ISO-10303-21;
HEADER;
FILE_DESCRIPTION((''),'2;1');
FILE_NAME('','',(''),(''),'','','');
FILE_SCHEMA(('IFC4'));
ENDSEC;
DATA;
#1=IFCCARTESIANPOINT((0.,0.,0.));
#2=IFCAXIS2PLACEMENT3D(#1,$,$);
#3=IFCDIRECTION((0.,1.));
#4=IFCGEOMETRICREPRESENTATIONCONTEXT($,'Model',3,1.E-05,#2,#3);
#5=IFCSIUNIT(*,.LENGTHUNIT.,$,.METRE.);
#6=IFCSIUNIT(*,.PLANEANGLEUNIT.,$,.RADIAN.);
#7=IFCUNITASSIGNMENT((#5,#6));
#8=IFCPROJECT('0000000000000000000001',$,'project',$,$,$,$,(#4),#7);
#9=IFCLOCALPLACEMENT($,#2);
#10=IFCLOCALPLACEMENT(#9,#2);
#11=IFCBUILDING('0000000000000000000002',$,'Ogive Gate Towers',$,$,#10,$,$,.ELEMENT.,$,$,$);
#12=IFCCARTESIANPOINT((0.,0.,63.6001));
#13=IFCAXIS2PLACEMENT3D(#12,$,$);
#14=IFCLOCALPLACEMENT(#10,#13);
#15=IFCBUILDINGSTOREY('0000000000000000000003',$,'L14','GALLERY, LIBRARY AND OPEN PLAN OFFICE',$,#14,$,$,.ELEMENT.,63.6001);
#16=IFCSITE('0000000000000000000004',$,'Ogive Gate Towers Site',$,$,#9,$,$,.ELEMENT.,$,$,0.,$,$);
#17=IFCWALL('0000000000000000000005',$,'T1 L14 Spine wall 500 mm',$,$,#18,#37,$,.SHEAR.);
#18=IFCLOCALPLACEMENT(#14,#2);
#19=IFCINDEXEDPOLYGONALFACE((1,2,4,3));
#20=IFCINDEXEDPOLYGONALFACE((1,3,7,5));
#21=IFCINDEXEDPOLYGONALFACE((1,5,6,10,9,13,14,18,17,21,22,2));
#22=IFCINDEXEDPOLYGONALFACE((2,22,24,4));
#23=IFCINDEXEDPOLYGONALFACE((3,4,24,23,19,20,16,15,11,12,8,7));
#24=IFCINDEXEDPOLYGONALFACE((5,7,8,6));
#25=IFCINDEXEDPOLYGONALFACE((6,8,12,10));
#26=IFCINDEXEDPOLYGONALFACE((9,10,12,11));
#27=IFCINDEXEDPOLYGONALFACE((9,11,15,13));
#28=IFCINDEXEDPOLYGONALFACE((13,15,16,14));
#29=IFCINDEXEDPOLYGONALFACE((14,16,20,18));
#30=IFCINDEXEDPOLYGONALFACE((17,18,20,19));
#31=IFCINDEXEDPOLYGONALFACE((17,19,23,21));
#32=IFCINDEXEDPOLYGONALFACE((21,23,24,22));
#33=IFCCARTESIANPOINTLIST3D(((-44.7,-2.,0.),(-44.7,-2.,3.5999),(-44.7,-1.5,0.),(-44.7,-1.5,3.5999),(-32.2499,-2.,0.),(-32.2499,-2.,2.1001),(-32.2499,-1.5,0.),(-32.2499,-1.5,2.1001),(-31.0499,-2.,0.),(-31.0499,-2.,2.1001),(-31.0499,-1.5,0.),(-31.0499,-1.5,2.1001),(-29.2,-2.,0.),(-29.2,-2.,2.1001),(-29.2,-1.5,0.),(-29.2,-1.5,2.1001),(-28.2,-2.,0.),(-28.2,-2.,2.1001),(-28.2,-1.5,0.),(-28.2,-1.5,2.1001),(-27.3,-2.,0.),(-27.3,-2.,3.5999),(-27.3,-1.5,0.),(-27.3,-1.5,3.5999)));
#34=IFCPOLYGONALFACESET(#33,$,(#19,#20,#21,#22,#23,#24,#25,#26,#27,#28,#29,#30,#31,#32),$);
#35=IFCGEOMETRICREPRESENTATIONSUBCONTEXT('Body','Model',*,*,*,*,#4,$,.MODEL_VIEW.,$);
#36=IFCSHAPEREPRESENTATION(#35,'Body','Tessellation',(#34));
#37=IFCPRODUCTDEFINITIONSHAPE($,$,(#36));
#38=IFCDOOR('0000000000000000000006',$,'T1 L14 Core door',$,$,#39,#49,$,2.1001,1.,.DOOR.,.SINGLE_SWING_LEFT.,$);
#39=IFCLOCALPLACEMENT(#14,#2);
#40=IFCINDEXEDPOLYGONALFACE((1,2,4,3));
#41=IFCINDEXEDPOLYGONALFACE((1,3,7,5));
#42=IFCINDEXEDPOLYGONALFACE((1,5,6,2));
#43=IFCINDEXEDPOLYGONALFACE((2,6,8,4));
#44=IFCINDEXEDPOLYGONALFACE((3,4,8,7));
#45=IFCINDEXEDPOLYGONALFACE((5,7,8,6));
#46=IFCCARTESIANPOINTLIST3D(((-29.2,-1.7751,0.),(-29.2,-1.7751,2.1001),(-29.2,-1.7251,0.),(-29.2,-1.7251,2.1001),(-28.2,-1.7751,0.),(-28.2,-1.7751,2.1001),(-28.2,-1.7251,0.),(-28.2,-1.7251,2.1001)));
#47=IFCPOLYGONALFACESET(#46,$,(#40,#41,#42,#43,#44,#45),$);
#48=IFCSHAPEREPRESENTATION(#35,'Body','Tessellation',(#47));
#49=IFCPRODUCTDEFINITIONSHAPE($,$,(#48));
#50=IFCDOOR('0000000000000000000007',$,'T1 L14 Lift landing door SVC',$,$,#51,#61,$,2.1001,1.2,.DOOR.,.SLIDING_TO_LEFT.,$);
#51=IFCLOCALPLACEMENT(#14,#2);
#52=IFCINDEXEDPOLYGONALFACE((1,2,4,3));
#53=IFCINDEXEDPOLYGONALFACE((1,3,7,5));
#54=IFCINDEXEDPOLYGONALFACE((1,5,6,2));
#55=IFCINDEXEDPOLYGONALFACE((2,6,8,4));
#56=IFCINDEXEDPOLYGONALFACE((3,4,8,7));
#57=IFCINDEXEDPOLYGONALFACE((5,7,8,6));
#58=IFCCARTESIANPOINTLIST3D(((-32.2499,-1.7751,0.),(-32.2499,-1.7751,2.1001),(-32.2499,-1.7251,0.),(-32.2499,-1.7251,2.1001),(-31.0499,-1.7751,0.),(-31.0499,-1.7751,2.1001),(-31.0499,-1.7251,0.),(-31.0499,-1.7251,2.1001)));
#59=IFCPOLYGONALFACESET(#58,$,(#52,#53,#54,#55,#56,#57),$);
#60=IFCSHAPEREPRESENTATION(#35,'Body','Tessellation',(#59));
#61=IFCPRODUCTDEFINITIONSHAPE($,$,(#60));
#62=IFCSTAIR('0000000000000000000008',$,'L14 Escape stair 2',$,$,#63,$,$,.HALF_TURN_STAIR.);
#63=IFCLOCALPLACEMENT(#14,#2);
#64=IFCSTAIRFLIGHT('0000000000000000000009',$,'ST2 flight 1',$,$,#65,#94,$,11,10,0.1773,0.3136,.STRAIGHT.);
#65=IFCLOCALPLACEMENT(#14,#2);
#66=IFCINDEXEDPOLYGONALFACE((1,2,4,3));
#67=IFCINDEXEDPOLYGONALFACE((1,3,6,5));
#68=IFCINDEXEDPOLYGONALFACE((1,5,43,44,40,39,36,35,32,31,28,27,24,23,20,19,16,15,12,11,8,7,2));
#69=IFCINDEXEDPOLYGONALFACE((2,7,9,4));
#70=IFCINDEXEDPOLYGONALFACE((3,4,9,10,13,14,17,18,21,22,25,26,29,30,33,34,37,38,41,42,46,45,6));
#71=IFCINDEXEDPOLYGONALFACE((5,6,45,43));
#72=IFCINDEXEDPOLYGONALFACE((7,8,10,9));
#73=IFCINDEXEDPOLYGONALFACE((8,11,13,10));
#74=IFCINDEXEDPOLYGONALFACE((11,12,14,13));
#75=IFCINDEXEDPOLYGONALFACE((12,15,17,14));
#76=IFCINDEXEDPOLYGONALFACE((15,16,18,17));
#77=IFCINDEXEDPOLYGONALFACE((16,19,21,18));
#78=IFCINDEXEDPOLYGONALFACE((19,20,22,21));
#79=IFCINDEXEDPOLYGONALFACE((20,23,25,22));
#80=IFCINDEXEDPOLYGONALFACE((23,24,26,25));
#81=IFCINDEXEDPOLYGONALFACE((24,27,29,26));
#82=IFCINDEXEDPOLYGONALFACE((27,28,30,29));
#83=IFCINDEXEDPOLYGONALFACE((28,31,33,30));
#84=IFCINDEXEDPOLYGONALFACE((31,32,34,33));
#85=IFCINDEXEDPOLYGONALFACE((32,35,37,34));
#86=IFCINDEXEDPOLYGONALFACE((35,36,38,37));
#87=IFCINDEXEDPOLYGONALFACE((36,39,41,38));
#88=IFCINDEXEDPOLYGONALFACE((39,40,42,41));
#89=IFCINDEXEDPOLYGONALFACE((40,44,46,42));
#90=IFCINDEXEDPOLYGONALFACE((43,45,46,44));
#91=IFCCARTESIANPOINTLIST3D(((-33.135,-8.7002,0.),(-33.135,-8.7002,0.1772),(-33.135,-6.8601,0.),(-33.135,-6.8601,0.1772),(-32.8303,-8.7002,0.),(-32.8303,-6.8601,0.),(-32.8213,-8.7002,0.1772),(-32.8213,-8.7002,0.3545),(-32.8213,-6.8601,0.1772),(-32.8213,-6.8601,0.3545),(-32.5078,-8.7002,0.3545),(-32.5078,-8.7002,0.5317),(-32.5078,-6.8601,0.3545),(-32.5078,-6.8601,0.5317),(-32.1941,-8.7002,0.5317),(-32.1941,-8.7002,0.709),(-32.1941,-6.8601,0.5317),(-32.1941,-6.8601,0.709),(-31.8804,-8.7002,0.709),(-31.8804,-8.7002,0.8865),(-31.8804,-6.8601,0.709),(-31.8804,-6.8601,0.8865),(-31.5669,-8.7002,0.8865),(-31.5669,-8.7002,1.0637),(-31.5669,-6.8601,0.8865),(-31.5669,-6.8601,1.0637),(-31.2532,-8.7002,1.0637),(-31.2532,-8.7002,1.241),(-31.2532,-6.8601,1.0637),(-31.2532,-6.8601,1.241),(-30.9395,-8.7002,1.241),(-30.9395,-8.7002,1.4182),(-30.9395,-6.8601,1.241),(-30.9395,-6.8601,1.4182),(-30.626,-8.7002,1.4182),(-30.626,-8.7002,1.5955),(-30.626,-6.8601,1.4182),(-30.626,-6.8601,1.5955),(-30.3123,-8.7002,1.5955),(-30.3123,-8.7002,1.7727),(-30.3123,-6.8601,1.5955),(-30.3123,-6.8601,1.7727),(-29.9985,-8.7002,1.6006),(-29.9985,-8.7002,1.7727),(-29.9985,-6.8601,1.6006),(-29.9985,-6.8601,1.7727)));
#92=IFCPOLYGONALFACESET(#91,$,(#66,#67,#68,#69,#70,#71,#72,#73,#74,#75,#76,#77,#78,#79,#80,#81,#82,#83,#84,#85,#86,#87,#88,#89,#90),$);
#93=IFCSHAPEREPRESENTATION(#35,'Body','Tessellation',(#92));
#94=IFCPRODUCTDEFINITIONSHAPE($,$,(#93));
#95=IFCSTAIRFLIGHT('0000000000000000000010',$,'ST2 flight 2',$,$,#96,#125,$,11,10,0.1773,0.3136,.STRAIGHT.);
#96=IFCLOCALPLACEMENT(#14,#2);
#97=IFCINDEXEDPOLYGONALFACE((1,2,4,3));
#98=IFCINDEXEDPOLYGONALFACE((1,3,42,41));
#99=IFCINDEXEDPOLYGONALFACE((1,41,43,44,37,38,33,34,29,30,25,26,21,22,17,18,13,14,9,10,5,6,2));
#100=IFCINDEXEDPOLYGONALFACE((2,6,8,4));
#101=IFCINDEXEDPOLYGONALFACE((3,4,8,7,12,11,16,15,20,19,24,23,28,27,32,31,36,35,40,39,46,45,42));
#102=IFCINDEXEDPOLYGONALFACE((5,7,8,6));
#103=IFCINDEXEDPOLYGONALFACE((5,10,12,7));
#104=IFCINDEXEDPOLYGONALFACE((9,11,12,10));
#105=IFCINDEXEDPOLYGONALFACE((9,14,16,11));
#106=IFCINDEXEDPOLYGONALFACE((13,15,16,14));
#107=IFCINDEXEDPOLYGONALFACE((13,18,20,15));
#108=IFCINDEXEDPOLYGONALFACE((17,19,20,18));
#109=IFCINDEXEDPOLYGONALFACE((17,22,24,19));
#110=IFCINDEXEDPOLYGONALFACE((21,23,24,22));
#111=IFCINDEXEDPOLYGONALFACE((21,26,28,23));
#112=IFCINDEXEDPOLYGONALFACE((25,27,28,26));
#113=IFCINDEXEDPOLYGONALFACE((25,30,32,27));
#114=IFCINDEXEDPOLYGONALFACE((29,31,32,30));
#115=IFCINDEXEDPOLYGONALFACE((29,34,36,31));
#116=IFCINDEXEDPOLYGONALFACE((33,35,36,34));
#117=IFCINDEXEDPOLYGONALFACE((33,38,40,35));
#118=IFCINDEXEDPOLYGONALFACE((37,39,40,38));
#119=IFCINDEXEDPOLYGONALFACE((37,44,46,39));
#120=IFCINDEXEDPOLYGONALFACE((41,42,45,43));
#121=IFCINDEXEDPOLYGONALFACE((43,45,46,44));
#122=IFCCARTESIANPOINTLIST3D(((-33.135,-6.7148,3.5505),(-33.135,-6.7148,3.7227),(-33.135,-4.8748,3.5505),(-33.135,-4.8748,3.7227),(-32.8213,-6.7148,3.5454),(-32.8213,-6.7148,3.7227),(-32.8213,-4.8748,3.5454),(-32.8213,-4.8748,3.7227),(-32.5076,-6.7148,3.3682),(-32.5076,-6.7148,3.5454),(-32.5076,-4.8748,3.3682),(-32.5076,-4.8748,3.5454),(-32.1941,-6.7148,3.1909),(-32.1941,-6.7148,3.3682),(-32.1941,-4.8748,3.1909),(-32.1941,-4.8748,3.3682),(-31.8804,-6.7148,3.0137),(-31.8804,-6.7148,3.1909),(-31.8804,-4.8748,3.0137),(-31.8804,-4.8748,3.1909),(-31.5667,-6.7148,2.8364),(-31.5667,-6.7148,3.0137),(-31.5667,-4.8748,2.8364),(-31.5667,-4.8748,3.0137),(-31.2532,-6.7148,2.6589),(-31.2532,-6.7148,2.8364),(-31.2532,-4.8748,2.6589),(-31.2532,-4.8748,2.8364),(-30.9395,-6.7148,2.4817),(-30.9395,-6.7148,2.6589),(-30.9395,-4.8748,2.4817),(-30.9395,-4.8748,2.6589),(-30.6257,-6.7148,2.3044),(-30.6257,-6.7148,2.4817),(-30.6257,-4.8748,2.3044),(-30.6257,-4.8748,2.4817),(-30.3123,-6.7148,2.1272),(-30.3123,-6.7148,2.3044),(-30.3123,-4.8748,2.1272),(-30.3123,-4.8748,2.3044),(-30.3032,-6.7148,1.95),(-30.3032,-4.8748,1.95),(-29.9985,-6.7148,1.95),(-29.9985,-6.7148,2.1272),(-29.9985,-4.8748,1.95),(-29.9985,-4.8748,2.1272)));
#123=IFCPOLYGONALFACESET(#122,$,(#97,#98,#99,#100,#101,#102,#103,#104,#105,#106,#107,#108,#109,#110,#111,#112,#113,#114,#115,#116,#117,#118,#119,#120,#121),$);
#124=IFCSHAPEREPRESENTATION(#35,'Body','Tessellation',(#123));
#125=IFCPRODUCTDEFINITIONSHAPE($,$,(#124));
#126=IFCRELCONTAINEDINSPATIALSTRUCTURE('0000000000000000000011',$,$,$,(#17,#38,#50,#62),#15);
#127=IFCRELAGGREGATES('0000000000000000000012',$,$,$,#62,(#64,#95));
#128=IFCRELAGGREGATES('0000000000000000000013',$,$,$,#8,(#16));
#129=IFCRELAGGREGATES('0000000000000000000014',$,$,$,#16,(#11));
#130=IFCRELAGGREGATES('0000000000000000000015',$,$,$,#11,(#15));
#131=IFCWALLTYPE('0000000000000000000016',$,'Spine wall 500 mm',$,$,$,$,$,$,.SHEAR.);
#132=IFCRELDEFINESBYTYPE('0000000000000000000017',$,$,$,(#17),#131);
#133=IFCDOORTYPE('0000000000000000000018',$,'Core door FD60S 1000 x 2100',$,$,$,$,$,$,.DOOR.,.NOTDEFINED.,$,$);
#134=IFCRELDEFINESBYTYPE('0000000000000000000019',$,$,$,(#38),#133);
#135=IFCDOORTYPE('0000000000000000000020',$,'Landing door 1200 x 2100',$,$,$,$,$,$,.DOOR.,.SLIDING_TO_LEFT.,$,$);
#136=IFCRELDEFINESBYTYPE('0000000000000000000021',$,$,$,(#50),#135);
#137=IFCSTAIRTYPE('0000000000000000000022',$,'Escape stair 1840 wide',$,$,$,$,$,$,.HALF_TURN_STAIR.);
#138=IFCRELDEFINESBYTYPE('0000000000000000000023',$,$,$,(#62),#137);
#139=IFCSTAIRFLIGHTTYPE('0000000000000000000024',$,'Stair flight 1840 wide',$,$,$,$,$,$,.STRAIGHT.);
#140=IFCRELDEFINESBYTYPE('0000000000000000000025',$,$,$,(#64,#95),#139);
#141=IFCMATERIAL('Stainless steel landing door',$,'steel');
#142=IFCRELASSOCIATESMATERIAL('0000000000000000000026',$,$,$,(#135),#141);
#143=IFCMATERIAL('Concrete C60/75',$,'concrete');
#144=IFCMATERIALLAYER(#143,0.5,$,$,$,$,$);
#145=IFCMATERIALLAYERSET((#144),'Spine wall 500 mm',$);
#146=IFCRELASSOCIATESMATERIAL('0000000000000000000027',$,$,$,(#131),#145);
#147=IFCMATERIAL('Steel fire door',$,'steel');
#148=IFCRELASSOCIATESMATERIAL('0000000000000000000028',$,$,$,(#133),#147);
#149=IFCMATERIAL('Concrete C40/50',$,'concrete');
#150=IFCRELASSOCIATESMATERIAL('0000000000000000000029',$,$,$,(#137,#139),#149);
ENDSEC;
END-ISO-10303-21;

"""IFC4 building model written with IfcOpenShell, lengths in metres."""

from ifc_helpers import new_model, si_unit, direction, frame, frame_2d, origin, place, context, subcontext, project, spatial, polyline, rectangle, outline, extrude, material, layer, layer_set, type_object, element, fill, aggregate, save


model = new_model("IFC4")

# Units and contexts
model_context = context("Model", 3, precision=1e-05, world=origin(), true_north=direction((0.0, 1.0)))
body_context = subcontext(model_context, "Body", "Model", "MODEL_VIEW")
ifc_project = project(units=[si_unit("LENGTHUNIT", "METRE"), si_unit("PLANEANGLEUNIT", "RADIAN")], contexts=[model_context])

# Site, building, storey
site_placement = place(None, origin())
site = spatial("IfcSite", under=ifc_project, at=site_placement, Name="Ogive Gate Towers Site", CompositionType="ELEMENT", RefElevation=0.0)
building_placement = place(site_placement, origin())
building = spatial("IfcBuilding", under=site, at=building_placement, Name="Ogive Gate Towers", CompositionType="ELEMENT")
storey_placement = place(building_placement, frame((0.0, 0.0, 63.6001)))
storey = spatial("IfcBuildingStorey", under=building, at=storey_placement, Name="L14", Description="GALLERY, LIBRARY AND OPEN PLAN OFFICE", CompositionType="ELEMENT", Elevation=63.6001)

# Shared definitions
ifc_material_1 = material(Name="Concrete C60/75", Category="concrete")
ifc_material_2 = material(Name="Steel fire door", Category="steel")

# Shared definitions
ifc_material_3 = material(Name="Stainless steel landing door", Category="steel")
door_type_1 = type_object("IfcDoorType", Name="Landing door 1200 x 2100", OperationType="SLIDING_TO_LEFT", PredefinedType="DOOR", material=ifc_material_3)

# Wall, openings, doors
ifc_layer_1 = layer(ifc_material_1, 0.5)
ifc_layer_set_1 = layer_set([ifc_layer_1], Name="Spine wall 500 mm")
wall_type_1 = type_object("IfcWallType", Name="Spine wall 500 mm", PredefinedType="SHEAR", material=ifc_layer_set_1)
wall_1_placement = place(storey_placement, frame((-44.7, -1.75, 0.0), z_axis=(0.0, 0.0, 1.0), x_axis=(1.0, 0.0, 0.0)))
wall_1 = element("IfcWall", 1, at=wall_1_placement, inside=storey, type_object=wall_type_1, Name="T1 L14 Spine wall 500 mm", PredefinedType="SHEAR", context=body_context, shape_type="SweptSolid", body=[
    extrude(rectangle(XDim=17.3999, YDim=0.5, at=frame_2d((8.7, 0.0))), origin(), (0.0, 0.0, 1.0), 3.5999),
])
opening_1_placement = place(wall_1_placement, frame((12.45, 0.0, 0.0)))
opening_1 = element("IfcOpeningElement", 2, at=opening_1_placement, cuts=wall_1, PredefinedType="OPENING", context=body_context, shape_type="SweptSolid", body=[
    extrude(rectangle(XDim=1.2, YDim=2.1001, at=frame_2d((0.6001, 1.05))), frame((0.0, 0.26, 0.0), z_axis=(0.0, -1.0, 0.0), x_axis=(1.0, 0.0, 0.0)), (0.0, 0.0, 1.0), 0.52),
])
opening_2_placement = place(wall_1_placement, frame((15.5, 0.0, 0.0)))
opening_2 = element("IfcOpeningElement", 3, at=opening_2_placement, cuts=wall_1, PredefinedType="OPENING", context=body_context, shape_type="SweptSolid", body=[
    extrude(rectangle(XDim=1.0, YDim=2.1001, at=frame_2d((0.5, 1.05))), frame((0.0, 0.26, 0.0), z_axis=(0.0, -1.0, 0.0), x_axis=(1.0, 0.0, 0.0)), (0.0, 0.0, 1.0), 0.52),
])
door_type_2 = type_object("IfcDoorType", Name="Core door FD60S 1000 x 2100", OperationType="NOTDEFINED", PredefinedType="DOOR", material=ifc_material_2)
door_1_placement = place(opening_2_placement, origin())
door_1 = element("IfcDoor", 4, at=door_1_placement, inside=storey, type_object=door_type_2, Name="T1 L14 Core door", OperationType="SINGLE_SWING_LEFT", OverallHeight=2.1001, OverallWidth=1.0, PredefinedType="DOOR", context=body_context, shape_type="SweptSolid", body=[
    extrude(rectangle(XDim=1.0, YDim=2.1001, at=frame_2d((0.5, 1.05))), frame((0.0, 0.0249, 0.0), z_axis=(0.0, -1.0, 0.0), x_axis=(1.0, 0.0, 0.0)), (0.0, 0.0, 1.0), 0.05),
])
fill(opening_2, door_1)
door_2_placement = place(opening_1_placement, origin())
door_2 = element("IfcDoor", 5, at=door_2_placement, inside=storey, type_object=door_type_1, Name="T1 L14 Lift landing door SVC", OperationType="SLIDING_TO_LEFT", OverallHeight=2.1001, OverallWidth=1.2, PredefinedType="DOOR", context=body_context, shape_type="SweptSolid", body=[
    extrude(rectangle(XDim=1.2, YDim=2.1001, at=frame_2d((0.6001, 1.05))), frame((0.0, 0.0249, 0.0), z_axis=(0.0, -1.0, 0.0), x_axis=(1.0, 0.0, 0.0)), (0.0, 0.0, 1.0), 0.05),
])
fill(opening_1, door_2)

# Stair, stair flights
ifc_material_4 = material(Name="Concrete C40/50", Category="concrete")
stair_type = type_object("IfcStairType", Name="Escape stair 1840 wide", PredefinedType="HALF_TURN_STAIR", material=ifc_material_4)
stair_placement = place(storey_placement, origin())
stair = element("IfcStair", 6, at=stair_placement, inside=storey, type_object=stair_type, Name="L14 Escape stair 2", PredefinedType="HALF_TURN_STAIR")
stair_flight_type = type_object("IfcStairFlightType", Name="Stair flight 1840 wide", PredefinedType="STRAIGHT", material=ifc_material_4)
stair_flight_1_placement = place(storey_placement, frame((-33.135, -7.78, 0.0), z_axis=(0.0, 0.0, 1.0), x_axis=(1.0, 0.0, 0.0)))
stair_flight_1 = element("IfcStairFlight", 7, at=stair_flight_1_placement, type_object=stair_flight_type, Name="ST2 flight 1", NumberOfRisers=11, NumberOfTreads=10, PredefinedType="STRAIGHT", RiserHeight=0.1773, TreadLength=0.3136, context=body_context, shape_type="SweptSolid", body=[
    extrude(outline(polyline([(0.0, 0.0), (0.0, 0.1772), (0.3137, 0.1772), (0.3137, 0.3545), (0.6272, 0.3545), (0.6272, 0.5317), (0.9409, 0.5317), (0.9409, 0.709), (1.2546, 0.709), (1.2546, 0.8865), (1.5681, 0.8865), (1.5681, 1.0637), (1.8818, 1.0637), (1.8818, 1.241), (2.1956, 1.241), (2.1956, 1.4182), (2.509, 1.4182), (2.509, 1.5955), (2.8228, 1.5955), (2.8228, 1.7727), (3.1365, 1.7727), (3.1365, 1.95), (3.1365, 1.6006), (0.3047, 0.0), (0.0, 0.0)])), frame((0.0, 0.9199, 0.0), z_axis=(0.0, -1.0, 0.0), x_axis=(1.0, 0.0, 0.0)), (0.0, 0.0, 1.0), 1.8401),
])
stair_flight_2_placement = place(storey_placement, frame((-29.9985, -5.7949, 1.95), z_axis=(0.0, 0.0, 1.0), x_axis=(-1.0, 0.0, 0.0)))
stair_flight_2 = element("IfcStairFlight", 8, at=stair_flight_2_placement, type_object=stair_flight_type, Name="ST2 flight 2", NumberOfRisers=11, NumberOfTreads=10, PredefinedType="STRAIGHT", RiserHeight=0.1773, TreadLength=0.3136, context=body_context, shape_type="SweptSolid", body=[
    extrude(outline(polyline([(0.0, 0.0), (0.0, 0.1772), (0.3137, 0.1772), (0.3137, 0.3545), (0.6272, 0.3545), (0.6272, 0.5317), (0.9409, 0.5317), (0.9409, 0.709), (1.2546, 0.709), (1.2546, 0.8865), (1.5681, 0.8865), (1.5681, 1.0637), (1.8818, 1.0637), (1.8818, 1.241), (2.1956, 1.241), (2.1956, 1.4182), (2.509, 1.4182), (2.509, 1.5955), (2.8228, 1.5955), (2.8228, 1.7727), (3.1365, 1.7727), (3.1365, 1.95), (3.1365, 1.6006), (0.3047, 0.0), (0.0, 0.0)])), frame((0.0, 0.9199, 0.0), z_axis=(0.0, -1.0, 0.0), x_axis=(1.0, 0.0, 0.0)), (0.0, 0.0, 1.0), 1.8401),
])
aggregate(stair, [stair_flight_1, stair_flight_2])

save(model, "model.ifc")
